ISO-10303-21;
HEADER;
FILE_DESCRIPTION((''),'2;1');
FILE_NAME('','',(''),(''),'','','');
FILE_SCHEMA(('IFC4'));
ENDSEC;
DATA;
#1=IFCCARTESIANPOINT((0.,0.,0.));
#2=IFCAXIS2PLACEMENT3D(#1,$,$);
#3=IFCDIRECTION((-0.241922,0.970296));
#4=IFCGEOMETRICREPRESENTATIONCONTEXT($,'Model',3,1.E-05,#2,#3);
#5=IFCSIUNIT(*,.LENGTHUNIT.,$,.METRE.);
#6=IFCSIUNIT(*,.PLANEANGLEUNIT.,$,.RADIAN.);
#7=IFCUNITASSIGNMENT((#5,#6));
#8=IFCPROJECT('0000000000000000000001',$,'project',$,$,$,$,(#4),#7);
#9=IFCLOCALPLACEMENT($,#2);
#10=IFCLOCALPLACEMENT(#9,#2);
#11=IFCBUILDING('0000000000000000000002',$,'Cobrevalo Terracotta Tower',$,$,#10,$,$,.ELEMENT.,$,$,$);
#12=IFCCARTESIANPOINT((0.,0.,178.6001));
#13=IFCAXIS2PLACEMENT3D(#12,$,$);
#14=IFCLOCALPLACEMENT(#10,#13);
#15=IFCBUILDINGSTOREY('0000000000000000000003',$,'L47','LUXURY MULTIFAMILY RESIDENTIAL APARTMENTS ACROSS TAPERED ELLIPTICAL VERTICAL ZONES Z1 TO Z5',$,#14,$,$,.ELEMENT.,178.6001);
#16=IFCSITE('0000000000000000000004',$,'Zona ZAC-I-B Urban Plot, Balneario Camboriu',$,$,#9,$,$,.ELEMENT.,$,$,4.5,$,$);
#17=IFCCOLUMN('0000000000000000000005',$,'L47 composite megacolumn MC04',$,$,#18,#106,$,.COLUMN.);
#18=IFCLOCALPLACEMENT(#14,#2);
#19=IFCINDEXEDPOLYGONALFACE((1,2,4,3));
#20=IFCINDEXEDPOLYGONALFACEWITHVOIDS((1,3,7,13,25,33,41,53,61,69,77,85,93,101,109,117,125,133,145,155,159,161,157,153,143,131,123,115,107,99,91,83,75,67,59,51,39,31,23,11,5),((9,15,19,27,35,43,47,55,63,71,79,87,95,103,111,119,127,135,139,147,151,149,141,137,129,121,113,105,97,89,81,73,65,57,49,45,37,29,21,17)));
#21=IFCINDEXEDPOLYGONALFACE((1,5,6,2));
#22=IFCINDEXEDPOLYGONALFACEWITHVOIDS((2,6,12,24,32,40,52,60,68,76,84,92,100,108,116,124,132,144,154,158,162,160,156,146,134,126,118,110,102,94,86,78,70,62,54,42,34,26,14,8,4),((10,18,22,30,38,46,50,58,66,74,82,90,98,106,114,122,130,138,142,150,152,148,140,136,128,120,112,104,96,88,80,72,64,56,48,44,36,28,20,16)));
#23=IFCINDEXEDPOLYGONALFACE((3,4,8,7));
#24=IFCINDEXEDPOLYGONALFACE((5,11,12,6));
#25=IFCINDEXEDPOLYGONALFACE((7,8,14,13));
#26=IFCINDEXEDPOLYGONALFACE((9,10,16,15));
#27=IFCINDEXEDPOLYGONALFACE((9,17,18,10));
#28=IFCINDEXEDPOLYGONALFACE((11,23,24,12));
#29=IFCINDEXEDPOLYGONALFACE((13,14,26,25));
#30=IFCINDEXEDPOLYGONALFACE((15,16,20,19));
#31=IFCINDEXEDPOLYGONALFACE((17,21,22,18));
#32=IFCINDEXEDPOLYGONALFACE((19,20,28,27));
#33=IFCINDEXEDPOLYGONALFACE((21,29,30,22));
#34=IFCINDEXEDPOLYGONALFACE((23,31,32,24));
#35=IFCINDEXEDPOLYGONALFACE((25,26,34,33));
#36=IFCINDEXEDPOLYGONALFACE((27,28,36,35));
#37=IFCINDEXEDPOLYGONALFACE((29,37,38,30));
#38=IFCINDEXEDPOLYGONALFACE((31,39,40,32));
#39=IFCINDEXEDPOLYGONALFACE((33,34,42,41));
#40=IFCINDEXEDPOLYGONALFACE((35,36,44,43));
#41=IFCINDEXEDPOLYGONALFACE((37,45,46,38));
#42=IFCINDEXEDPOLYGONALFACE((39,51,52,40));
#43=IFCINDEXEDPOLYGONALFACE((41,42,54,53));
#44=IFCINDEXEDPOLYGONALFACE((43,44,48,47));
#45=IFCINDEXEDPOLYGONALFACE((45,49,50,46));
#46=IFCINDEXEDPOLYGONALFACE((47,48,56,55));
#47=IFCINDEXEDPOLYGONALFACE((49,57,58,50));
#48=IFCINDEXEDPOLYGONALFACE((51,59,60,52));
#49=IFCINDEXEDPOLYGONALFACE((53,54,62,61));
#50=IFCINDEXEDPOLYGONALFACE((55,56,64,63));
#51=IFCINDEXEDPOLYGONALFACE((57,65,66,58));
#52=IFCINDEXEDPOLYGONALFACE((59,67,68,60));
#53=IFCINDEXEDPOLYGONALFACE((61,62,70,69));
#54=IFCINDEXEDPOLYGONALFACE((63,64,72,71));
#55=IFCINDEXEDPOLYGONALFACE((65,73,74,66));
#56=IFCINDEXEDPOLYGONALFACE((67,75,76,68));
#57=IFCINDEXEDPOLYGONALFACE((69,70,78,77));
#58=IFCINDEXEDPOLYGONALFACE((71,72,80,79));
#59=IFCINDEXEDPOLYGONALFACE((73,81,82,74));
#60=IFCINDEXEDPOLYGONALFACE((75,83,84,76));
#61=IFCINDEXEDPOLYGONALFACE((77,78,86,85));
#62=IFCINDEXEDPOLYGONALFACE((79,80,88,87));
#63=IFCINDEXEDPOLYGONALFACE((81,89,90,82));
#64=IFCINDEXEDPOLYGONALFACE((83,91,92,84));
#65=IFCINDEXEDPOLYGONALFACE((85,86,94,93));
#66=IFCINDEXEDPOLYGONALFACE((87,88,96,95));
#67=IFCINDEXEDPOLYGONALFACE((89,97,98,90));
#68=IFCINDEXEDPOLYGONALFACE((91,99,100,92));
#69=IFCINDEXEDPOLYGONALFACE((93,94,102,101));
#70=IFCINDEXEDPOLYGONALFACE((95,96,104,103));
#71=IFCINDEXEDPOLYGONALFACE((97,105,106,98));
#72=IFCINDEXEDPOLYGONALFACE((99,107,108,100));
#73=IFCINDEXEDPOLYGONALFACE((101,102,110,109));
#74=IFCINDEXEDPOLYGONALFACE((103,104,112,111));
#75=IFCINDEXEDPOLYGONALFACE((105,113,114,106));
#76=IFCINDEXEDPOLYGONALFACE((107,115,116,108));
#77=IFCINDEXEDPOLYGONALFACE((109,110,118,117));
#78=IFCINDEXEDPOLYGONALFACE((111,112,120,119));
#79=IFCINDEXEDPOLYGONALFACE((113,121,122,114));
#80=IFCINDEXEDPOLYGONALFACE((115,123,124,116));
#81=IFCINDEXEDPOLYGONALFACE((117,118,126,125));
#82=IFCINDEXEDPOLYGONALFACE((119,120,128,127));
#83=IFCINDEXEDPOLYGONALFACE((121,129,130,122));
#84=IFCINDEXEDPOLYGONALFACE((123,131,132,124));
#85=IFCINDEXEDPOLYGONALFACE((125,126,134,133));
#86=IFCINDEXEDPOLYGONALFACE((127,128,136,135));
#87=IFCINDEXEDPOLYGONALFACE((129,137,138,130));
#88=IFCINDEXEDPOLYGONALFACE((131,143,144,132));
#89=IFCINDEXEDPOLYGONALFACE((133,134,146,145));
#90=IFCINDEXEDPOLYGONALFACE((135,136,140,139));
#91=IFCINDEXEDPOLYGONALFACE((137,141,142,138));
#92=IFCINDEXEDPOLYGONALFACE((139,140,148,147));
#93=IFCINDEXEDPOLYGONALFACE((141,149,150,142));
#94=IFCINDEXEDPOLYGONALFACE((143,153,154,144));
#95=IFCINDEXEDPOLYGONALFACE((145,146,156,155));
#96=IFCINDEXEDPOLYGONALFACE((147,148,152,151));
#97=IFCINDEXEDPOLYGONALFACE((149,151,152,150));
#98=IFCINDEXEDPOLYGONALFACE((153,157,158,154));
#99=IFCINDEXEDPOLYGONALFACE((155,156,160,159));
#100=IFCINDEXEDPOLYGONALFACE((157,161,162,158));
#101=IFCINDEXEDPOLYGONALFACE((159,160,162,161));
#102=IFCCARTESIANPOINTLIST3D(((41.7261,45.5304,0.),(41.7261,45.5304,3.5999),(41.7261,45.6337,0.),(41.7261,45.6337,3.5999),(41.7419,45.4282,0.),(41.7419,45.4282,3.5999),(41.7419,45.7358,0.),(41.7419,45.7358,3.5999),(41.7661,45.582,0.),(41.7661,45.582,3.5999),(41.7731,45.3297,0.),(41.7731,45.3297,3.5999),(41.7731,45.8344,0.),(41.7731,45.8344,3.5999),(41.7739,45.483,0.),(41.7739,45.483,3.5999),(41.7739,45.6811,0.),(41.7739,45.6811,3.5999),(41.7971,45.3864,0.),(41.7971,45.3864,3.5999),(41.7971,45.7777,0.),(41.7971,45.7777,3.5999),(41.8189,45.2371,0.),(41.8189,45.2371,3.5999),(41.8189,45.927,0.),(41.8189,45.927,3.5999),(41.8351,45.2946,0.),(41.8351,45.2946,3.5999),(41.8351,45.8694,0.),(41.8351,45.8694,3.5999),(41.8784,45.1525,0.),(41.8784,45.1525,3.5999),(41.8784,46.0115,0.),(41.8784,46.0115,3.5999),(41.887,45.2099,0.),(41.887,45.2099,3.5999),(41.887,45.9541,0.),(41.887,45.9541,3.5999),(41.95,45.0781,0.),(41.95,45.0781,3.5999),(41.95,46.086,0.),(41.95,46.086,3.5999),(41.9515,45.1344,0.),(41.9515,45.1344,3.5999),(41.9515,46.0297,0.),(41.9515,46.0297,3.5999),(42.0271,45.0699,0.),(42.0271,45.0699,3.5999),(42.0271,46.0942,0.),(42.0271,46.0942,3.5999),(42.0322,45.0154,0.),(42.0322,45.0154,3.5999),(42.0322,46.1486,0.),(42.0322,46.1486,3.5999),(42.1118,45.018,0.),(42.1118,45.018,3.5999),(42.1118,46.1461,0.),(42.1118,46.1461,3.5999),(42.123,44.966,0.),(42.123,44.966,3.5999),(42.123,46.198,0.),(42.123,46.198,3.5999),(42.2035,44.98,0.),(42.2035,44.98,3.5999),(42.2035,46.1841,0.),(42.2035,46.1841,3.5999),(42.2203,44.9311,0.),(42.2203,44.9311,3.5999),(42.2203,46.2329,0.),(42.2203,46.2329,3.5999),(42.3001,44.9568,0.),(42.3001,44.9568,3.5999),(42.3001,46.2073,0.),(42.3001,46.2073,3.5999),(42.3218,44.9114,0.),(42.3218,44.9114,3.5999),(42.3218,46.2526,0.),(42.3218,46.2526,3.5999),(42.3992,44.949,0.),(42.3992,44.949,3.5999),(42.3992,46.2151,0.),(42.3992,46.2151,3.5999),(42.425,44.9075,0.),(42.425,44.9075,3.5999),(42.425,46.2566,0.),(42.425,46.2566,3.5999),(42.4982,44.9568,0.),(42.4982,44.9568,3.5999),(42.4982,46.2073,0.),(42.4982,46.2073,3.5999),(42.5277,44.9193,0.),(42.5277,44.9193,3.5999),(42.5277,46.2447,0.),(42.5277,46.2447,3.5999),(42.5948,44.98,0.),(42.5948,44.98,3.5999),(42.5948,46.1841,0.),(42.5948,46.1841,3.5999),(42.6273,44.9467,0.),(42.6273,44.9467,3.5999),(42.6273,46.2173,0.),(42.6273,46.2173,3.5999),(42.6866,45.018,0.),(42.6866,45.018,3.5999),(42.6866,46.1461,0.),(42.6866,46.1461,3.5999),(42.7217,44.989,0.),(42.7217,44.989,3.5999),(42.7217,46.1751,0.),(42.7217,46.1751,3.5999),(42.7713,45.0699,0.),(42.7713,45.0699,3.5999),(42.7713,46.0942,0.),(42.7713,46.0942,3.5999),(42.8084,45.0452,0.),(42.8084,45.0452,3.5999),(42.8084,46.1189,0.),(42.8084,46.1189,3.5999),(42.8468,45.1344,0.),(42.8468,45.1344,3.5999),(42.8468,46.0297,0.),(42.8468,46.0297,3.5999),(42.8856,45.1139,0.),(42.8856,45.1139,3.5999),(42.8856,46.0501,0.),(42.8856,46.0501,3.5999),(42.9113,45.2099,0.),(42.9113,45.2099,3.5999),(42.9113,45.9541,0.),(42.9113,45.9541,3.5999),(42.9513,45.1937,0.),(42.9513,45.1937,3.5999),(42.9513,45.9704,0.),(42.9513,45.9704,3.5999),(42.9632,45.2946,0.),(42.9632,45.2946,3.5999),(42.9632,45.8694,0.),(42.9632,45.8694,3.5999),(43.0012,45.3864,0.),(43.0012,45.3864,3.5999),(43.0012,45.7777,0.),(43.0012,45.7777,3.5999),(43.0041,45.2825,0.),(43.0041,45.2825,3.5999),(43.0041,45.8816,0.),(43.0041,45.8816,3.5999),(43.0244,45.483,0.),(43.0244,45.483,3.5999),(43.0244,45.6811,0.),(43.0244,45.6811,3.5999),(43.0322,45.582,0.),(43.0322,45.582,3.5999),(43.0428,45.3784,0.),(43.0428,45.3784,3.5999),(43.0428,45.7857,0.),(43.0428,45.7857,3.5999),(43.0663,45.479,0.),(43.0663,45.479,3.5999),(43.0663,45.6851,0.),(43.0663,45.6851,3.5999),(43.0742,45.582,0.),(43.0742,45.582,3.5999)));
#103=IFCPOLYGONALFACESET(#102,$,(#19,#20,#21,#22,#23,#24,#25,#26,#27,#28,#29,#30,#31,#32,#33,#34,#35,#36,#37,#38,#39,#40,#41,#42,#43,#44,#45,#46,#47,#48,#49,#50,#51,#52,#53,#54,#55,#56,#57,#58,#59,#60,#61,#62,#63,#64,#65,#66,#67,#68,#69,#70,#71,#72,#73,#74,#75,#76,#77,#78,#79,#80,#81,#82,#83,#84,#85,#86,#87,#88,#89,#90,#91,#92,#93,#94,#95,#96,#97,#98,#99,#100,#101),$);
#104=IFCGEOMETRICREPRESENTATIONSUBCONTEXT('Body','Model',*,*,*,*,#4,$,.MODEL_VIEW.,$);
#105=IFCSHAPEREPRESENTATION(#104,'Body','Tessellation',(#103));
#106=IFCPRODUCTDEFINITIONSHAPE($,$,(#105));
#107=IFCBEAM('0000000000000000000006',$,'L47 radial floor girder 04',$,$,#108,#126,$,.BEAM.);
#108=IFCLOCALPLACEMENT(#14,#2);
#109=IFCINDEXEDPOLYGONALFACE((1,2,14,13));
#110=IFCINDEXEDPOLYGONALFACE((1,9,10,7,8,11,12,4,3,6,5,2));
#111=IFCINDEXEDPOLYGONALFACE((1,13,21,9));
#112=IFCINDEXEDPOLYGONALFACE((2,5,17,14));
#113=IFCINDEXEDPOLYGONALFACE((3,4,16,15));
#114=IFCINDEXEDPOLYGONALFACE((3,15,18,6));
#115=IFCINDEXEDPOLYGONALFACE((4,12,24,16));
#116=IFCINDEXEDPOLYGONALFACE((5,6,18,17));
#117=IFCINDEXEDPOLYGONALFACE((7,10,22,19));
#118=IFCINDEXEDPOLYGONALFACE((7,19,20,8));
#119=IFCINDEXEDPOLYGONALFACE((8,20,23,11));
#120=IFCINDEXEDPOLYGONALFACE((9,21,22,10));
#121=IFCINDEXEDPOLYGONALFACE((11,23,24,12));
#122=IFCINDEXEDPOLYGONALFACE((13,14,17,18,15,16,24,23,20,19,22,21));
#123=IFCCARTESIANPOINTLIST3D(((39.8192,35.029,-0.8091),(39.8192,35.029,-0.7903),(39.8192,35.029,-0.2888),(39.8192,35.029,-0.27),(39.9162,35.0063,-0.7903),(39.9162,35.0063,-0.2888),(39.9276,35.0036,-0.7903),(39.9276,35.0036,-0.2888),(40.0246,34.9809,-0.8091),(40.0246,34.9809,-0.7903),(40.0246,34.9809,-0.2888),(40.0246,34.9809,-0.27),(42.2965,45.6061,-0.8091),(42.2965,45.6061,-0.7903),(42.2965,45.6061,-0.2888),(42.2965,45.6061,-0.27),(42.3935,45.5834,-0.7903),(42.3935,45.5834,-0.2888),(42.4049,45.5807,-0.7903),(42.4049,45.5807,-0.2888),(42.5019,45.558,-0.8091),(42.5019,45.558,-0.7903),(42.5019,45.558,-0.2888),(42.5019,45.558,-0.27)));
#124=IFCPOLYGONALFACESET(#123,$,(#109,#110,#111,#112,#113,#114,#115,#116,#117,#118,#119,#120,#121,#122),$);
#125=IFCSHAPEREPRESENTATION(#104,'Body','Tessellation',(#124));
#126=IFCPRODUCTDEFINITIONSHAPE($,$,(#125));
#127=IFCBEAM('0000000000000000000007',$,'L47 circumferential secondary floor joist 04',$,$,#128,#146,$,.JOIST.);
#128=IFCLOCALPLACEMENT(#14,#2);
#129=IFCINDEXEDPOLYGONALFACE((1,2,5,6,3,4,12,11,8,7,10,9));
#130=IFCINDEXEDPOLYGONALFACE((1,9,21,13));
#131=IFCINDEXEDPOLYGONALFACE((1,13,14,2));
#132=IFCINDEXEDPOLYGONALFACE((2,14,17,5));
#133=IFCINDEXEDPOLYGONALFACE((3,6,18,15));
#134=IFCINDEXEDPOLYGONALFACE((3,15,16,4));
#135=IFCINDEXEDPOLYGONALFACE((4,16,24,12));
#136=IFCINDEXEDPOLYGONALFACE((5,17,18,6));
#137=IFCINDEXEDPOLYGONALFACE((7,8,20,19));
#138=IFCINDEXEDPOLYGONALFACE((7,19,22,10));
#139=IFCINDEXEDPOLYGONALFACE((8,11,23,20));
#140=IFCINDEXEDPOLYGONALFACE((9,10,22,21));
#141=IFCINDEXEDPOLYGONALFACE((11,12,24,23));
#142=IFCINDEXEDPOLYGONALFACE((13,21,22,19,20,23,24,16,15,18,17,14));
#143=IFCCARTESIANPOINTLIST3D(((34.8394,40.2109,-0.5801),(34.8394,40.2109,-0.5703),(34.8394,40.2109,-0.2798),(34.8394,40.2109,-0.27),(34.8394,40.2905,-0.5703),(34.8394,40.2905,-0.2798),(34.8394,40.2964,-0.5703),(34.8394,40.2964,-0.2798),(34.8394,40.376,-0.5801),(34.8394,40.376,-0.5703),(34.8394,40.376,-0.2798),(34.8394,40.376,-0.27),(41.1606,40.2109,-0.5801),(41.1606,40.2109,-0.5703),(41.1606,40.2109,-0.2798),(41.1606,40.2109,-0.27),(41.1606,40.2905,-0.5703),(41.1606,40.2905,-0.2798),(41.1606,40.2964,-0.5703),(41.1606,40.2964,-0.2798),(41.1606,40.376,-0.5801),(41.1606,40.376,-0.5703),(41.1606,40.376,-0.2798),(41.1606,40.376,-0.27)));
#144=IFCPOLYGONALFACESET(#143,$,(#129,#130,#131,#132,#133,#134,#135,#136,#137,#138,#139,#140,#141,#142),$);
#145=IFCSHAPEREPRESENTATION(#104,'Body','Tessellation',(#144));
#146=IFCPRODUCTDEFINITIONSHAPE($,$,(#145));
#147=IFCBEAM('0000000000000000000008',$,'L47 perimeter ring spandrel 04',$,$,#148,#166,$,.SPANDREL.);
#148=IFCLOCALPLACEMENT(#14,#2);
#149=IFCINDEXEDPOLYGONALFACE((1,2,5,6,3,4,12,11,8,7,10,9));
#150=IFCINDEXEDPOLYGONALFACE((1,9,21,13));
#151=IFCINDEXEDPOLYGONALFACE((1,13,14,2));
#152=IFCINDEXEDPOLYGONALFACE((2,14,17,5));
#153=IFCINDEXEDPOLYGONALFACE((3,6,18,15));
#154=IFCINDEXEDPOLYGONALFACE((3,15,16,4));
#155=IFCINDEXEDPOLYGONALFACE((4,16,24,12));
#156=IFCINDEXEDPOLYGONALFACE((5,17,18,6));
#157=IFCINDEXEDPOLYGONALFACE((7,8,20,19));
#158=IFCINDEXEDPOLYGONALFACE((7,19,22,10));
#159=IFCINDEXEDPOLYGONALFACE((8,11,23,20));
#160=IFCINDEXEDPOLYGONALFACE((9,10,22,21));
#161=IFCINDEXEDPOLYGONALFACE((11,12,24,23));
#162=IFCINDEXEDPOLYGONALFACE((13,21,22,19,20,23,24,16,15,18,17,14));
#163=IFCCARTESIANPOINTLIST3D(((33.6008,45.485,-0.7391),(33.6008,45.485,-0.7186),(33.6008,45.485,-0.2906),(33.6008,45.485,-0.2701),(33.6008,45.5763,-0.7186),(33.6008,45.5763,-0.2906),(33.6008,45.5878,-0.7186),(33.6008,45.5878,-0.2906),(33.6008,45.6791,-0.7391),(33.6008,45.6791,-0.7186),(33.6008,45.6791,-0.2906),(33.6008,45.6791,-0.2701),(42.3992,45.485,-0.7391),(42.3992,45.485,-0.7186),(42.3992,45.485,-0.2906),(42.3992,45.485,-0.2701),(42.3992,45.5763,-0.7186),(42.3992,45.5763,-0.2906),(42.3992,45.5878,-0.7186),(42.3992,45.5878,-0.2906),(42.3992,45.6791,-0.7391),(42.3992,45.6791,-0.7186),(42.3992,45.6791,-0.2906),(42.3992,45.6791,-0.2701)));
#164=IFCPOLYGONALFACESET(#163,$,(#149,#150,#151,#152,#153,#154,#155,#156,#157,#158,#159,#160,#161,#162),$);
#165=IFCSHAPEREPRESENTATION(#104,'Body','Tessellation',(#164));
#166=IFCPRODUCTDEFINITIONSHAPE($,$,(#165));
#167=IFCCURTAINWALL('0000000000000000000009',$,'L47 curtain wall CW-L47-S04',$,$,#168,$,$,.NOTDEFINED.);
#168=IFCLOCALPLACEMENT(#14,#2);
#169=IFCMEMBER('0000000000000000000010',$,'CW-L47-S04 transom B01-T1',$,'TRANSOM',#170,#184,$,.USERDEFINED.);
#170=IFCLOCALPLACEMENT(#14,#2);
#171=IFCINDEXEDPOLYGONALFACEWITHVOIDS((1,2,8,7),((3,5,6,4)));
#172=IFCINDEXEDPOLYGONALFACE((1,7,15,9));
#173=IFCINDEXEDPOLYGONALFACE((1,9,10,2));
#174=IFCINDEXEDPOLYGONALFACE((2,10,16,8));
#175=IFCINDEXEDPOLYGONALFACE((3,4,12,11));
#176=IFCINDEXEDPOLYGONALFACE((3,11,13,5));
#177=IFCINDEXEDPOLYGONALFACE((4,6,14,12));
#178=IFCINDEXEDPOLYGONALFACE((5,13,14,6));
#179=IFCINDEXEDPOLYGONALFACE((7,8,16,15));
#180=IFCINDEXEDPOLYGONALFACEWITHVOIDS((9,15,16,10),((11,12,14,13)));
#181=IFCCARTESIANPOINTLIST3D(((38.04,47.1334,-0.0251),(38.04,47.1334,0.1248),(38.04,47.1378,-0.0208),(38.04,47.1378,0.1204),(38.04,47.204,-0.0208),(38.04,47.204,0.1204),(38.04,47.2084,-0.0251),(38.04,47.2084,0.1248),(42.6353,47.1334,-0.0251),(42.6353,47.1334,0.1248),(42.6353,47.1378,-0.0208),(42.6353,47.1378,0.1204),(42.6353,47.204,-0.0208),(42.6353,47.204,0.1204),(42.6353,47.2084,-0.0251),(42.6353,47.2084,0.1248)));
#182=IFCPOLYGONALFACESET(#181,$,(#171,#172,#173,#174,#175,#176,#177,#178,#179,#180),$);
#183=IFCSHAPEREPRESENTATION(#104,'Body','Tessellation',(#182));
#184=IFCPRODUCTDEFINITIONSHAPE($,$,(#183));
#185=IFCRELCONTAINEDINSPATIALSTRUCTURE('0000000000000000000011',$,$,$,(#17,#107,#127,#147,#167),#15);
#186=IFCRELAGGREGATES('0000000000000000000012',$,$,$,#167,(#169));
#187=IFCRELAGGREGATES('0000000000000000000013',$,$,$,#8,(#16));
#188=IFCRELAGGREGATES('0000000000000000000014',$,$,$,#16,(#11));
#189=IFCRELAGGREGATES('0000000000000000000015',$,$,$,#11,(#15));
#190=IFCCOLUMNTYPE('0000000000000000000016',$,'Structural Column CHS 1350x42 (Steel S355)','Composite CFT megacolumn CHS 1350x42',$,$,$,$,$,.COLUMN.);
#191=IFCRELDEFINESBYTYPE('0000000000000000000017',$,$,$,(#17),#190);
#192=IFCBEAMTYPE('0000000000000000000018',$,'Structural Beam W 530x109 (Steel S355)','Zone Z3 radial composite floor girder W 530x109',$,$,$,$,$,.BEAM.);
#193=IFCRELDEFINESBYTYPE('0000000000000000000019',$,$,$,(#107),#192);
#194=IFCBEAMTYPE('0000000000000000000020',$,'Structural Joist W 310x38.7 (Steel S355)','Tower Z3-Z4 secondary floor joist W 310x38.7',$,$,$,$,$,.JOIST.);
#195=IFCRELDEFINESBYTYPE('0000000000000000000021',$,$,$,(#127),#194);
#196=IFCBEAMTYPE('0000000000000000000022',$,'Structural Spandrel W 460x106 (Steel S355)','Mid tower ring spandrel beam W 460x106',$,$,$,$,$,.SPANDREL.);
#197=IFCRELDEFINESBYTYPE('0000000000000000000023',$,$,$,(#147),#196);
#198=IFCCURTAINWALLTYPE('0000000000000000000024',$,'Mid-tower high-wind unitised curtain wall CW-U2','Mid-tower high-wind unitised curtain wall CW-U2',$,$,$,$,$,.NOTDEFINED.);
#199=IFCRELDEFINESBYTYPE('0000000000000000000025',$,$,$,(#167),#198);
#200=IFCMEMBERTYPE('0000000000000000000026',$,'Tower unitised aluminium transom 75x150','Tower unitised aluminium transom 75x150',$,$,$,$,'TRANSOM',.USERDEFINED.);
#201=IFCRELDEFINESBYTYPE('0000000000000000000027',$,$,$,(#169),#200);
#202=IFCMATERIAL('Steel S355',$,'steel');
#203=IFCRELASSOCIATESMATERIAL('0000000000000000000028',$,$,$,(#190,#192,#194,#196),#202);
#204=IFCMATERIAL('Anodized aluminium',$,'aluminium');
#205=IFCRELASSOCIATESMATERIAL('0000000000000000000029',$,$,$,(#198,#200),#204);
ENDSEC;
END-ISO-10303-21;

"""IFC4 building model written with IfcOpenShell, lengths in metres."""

from ifc_helpers import new_model, si_unit, direction, frame, origin, origin_2d, place, context, subcontext, project, spatial, hollow_rectangle, hollow_circle, i_section, extrude, source, transform, mapped, material, material_profile, profile_set, type_object, element, aggregate, save


model = new_model("IFC4")

# Units and contexts
model_context = context("Model", 3, precision=1e-05, world=origin(), true_north=direction((-0.241922, 0.970296)))
body_context = subcontext(model_context, "Body", "Model", "MODEL_VIEW")
ifc_project = project(units=[si_unit("LENGTHUNIT", "METRE"), si_unit("PLANEANGLEUNIT", "RADIAN")], contexts=[model_context])

# Site, building, storey
site_placement = place(None, origin())
site = spatial("IfcSite", under=ifc_project, at=site_placement, Name="Zona ZAC-I-B Urban Plot, Balneario Camboriu", CompositionType="ELEMENT", RefElevation=4.5)
building_placement = place(site_placement, origin())
building = spatial("IfcBuilding", under=site, at=building_placement, Name="Cobrevalo Terracotta Tower", CompositionType="ELEMENT")
storey_placement = place(building_placement, frame((0.0, 0.0, 178.6001)))
storey = spatial("IfcBuildingStorey", under=building, at=storey_placement, Name="L47", Description="LUXURY MULTIFAMILY RESIDENTIAL APARTMENTS ACROSS TAPERED ELLIPTICAL VERTICAL ZONES Z1 TO Z5", CompositionType="ELEMENT", Elevation=178.6001)

# Column
ifc_material_1 = material(Name="Steel S355", Category="steel")
ifc_material_profile_1 = material_profile(ifc_material_1, hollow_circle(Radius=0.675, WallThickness=0.042, at=origin_2d()), Name="CHS 1350x42")
ifc_profile_set_1 = profile_set([ifc_material_profile_1], Name="Steel S355")
column_type = type_object("IfcColumnType", Name="Structural Column CHS 1350x42 (Steel S355)", Description="Composite CFT megacolumn CHS 1350x42", PredefinedType="COLUMN", material=ifc_profile_set_1)
column_placement = place(storey_placement, frame((42.3992, 45.582, 0.0), z_axis=(0.0, 0.0, 1.0), x_axis=(1.0, 0.0, 0.0)))
element("IfcColumn", 1, at=column_placement, inside=storey, type_object=column_type, Name="L47 composite megacolumn MC04", PredefinedType="COLUMN", context=body_context, shape_type="SweptSolid", body=[
    extrude(hollow_circle(Radius=0.675, WallThickness=0.042, at=origin_2d()), origin(), (0.0, 0.0, 1.0), 3.5999),
])

# Beams
ifc_material_profile_2 = material_profile(ifc_material_1, i_section(OverallWidth=0.2109, OverallDepth=0.5391, WebThickness=0.0117, FlangeThickness=0.0188, at=origin_2d()), Name="W 530x109")
ifc_profile_set_2 = profile_set([ifc_material_profile_2], Name="Steel S355")
beam_type_1 = type_object("IfcBeamType", Name="Structural Beam W 530x109 (Steel S355)", Description="Zone Z3 radial composite floor girder W 530x109", PredefinedType="BEAM", material=ifc_profile_set_2)
beam_1_placement = place(storey_placement, frame((42.3992, 45.582, -0.5396), z_axis=(-0.228041, -0.973652, 0.0), x_axis=(0.973652, -0.228041, 0.0)))
element("IfcBeam", 2, at=beam_1_placement, inside=storey, type_object=beam_type_1, Name="L47 radial floor girder 04", PredefinedType="BEAM", context=body_context, shape_type="SweptSolid", body=[
    extrude(i_section(OverallWidth=0.2109, OverallDepth=0.5391, WebThickness=0.0117, FlangeThickness=0.0188, at=origin_2d()), origin(), (0.0, 0.0, 1.0), 10.8633),
])
ifc_material_profile_3 = material_profile(ifc_material_1, i_section(OverallWidth=0.165, OverallDepth=0.3101, WebThickness=0.0059, FlangeThickness=0.0098, at=origin_2d()), Name="W 310x38.7")
ifc_profile_set_3 = profile_set([ifc_material_profile_3], Name="Steel S355")
beam_type_2 = type_object("IfcBeamType", Name="Structural Joist W 310x38.7 (Steel S355)", Description="Tower Z3-Z4 secondary floor joist W 310x38.7", PredefinedType="JOIST", material=ifc_profile_set_3)
beam_2_placement = place(storey_placement, frame((41.1606, 40.2935, -0.425), z_axis=(-1.0, 0.0, 0.0), x_axis=(0.0, -1.0, 0.0)))
element("IfcBeam", 3, at=beam_2_placement, inside=storey, type_object=beam_type_2, Name="L47 circumferential secondary floor joist 04", PredefinedType="JOIST", context=body_context, shape_type="SweptSolid", body=[
    extrude(i_section(OverallWidth=0.165, OverallDepth=0.3101, WebThickness=0.0059, FlangeThickness=0.0098, at=origin_2d()), origin(), (0.0, 0.0, 1.0), 6.3213),
])
ifc_material_profile_4 = material_profile(ifc_material_1, i_section(OverallWidth=0.1941, OverallDepth=0.469, WebThickness=0.0115, FlangeThickness=0.0205, at=origin_2d()), Name="W 460x106")
ifc_profile_set_4 = profile_set([ifc_material_profile_4], Name="Steel S355")
beam_type_3 = type_object("IfcBeamType", Name="Structural Spandrel W 460x106 (Steel S355)", Description="Mid tower ring spandrel beam W 460x106", PredefinedType="SPANDREL", material=ifc_profile_set_4)
beam_3_placement = place(storey_placement, frame((42.3992, 45.582, -0.5046), z_axis=(-1.0, 0.0, 0.0), x_axis=(0.0, -1.0, 0.0)))
element("IfcBeam", 4, at=beam_3_placement, inside=storey, type_object=beam_type_3, Name="L47 perimeter ring spandrel 04", PredefinedType="SPANDREL", context=body_context, shape_type="SweptSolid", body=[
    extrude(i_section(OverallWidth=0.1941, OverallDepth=0.469, WebThickness=0.0115, FlangeThickness=0.0205, at=origin_2d()), origin(), (0.0, 0.0, 1.0), 8.7983),
])

# Curtain wall, member
ifc_material_2 = material(Name="Anodized aluminium", Category="aluminium")
curtain_wall_type = type_object("IfcCurtainWallType", Name="Mid-tower high-wind unitised curtain wall CW-U2", Description="Mid-tower high-wind unitised curtain wall CW-U2", PredefinedType="NOTDEFINED", material=ifc_material_2)
curtain_wall_placement = place(storey_placement, origin())
curtain_wall = element("IfcCurtainWall", 5, at=curtain_wall_placement, inside=storey, type_object=curtain_wall_type, Name="L47 curtain wall CW-L47-S04", PredefinedType="NOTDEFINED")
ifc_material_profile_5 = material_profile(ifc_material_2, hollow_rectangle(XDim=0.075, YDim=0.1499, WallThickness=0.0044, at=origin_2d()), Name="CWT 75x150")
ifc_profile_set_5 = profile_set([ifc_material_profile_5], Name="Anodized aluminium")
member_type_1 = type_object("IfcMemberType", Name="Tower unitised aluminium transom 75x150", Description="Tower unitised aluminium transom 75x150", ElementType="TRANSOM", PredefinedType="USERDEFINED", material=ifc_profile_set_5)
shared_shape_1 = source(origin(), body_context, "Body", "SweptSolid", [
    extrude(hollow_rectangle(XDim=0.075, YDim=0.1499, WallThickness=0.0044, at=origin_2d()), origin(), (0.0, 0.0, 1.0), 4.5952),
])
member_1_placement = place(storey_placement, frame((42.6353, 47.1709, 0.0498), z_axis=(-1.0, 0.0, 0.0), x_axis=(0.0, -1.0, 0.0)))
member_1 = element("IfcMember", 6, at=member_1_placement, type_object=member_type_1, Name="CW-L47-S04 transom B01-T1", ObjectType="TRANSOM", PredefinedType="USERDEFINED", context=body_context, shape_type="MappedRepresentation", body=[
    mapped(shared_shape_1, transform((0.0, 0.0, 0.0), scale=1.0)),
])
aggregate(curtain_wall, [member_1])

save(model, "model.ifc")
